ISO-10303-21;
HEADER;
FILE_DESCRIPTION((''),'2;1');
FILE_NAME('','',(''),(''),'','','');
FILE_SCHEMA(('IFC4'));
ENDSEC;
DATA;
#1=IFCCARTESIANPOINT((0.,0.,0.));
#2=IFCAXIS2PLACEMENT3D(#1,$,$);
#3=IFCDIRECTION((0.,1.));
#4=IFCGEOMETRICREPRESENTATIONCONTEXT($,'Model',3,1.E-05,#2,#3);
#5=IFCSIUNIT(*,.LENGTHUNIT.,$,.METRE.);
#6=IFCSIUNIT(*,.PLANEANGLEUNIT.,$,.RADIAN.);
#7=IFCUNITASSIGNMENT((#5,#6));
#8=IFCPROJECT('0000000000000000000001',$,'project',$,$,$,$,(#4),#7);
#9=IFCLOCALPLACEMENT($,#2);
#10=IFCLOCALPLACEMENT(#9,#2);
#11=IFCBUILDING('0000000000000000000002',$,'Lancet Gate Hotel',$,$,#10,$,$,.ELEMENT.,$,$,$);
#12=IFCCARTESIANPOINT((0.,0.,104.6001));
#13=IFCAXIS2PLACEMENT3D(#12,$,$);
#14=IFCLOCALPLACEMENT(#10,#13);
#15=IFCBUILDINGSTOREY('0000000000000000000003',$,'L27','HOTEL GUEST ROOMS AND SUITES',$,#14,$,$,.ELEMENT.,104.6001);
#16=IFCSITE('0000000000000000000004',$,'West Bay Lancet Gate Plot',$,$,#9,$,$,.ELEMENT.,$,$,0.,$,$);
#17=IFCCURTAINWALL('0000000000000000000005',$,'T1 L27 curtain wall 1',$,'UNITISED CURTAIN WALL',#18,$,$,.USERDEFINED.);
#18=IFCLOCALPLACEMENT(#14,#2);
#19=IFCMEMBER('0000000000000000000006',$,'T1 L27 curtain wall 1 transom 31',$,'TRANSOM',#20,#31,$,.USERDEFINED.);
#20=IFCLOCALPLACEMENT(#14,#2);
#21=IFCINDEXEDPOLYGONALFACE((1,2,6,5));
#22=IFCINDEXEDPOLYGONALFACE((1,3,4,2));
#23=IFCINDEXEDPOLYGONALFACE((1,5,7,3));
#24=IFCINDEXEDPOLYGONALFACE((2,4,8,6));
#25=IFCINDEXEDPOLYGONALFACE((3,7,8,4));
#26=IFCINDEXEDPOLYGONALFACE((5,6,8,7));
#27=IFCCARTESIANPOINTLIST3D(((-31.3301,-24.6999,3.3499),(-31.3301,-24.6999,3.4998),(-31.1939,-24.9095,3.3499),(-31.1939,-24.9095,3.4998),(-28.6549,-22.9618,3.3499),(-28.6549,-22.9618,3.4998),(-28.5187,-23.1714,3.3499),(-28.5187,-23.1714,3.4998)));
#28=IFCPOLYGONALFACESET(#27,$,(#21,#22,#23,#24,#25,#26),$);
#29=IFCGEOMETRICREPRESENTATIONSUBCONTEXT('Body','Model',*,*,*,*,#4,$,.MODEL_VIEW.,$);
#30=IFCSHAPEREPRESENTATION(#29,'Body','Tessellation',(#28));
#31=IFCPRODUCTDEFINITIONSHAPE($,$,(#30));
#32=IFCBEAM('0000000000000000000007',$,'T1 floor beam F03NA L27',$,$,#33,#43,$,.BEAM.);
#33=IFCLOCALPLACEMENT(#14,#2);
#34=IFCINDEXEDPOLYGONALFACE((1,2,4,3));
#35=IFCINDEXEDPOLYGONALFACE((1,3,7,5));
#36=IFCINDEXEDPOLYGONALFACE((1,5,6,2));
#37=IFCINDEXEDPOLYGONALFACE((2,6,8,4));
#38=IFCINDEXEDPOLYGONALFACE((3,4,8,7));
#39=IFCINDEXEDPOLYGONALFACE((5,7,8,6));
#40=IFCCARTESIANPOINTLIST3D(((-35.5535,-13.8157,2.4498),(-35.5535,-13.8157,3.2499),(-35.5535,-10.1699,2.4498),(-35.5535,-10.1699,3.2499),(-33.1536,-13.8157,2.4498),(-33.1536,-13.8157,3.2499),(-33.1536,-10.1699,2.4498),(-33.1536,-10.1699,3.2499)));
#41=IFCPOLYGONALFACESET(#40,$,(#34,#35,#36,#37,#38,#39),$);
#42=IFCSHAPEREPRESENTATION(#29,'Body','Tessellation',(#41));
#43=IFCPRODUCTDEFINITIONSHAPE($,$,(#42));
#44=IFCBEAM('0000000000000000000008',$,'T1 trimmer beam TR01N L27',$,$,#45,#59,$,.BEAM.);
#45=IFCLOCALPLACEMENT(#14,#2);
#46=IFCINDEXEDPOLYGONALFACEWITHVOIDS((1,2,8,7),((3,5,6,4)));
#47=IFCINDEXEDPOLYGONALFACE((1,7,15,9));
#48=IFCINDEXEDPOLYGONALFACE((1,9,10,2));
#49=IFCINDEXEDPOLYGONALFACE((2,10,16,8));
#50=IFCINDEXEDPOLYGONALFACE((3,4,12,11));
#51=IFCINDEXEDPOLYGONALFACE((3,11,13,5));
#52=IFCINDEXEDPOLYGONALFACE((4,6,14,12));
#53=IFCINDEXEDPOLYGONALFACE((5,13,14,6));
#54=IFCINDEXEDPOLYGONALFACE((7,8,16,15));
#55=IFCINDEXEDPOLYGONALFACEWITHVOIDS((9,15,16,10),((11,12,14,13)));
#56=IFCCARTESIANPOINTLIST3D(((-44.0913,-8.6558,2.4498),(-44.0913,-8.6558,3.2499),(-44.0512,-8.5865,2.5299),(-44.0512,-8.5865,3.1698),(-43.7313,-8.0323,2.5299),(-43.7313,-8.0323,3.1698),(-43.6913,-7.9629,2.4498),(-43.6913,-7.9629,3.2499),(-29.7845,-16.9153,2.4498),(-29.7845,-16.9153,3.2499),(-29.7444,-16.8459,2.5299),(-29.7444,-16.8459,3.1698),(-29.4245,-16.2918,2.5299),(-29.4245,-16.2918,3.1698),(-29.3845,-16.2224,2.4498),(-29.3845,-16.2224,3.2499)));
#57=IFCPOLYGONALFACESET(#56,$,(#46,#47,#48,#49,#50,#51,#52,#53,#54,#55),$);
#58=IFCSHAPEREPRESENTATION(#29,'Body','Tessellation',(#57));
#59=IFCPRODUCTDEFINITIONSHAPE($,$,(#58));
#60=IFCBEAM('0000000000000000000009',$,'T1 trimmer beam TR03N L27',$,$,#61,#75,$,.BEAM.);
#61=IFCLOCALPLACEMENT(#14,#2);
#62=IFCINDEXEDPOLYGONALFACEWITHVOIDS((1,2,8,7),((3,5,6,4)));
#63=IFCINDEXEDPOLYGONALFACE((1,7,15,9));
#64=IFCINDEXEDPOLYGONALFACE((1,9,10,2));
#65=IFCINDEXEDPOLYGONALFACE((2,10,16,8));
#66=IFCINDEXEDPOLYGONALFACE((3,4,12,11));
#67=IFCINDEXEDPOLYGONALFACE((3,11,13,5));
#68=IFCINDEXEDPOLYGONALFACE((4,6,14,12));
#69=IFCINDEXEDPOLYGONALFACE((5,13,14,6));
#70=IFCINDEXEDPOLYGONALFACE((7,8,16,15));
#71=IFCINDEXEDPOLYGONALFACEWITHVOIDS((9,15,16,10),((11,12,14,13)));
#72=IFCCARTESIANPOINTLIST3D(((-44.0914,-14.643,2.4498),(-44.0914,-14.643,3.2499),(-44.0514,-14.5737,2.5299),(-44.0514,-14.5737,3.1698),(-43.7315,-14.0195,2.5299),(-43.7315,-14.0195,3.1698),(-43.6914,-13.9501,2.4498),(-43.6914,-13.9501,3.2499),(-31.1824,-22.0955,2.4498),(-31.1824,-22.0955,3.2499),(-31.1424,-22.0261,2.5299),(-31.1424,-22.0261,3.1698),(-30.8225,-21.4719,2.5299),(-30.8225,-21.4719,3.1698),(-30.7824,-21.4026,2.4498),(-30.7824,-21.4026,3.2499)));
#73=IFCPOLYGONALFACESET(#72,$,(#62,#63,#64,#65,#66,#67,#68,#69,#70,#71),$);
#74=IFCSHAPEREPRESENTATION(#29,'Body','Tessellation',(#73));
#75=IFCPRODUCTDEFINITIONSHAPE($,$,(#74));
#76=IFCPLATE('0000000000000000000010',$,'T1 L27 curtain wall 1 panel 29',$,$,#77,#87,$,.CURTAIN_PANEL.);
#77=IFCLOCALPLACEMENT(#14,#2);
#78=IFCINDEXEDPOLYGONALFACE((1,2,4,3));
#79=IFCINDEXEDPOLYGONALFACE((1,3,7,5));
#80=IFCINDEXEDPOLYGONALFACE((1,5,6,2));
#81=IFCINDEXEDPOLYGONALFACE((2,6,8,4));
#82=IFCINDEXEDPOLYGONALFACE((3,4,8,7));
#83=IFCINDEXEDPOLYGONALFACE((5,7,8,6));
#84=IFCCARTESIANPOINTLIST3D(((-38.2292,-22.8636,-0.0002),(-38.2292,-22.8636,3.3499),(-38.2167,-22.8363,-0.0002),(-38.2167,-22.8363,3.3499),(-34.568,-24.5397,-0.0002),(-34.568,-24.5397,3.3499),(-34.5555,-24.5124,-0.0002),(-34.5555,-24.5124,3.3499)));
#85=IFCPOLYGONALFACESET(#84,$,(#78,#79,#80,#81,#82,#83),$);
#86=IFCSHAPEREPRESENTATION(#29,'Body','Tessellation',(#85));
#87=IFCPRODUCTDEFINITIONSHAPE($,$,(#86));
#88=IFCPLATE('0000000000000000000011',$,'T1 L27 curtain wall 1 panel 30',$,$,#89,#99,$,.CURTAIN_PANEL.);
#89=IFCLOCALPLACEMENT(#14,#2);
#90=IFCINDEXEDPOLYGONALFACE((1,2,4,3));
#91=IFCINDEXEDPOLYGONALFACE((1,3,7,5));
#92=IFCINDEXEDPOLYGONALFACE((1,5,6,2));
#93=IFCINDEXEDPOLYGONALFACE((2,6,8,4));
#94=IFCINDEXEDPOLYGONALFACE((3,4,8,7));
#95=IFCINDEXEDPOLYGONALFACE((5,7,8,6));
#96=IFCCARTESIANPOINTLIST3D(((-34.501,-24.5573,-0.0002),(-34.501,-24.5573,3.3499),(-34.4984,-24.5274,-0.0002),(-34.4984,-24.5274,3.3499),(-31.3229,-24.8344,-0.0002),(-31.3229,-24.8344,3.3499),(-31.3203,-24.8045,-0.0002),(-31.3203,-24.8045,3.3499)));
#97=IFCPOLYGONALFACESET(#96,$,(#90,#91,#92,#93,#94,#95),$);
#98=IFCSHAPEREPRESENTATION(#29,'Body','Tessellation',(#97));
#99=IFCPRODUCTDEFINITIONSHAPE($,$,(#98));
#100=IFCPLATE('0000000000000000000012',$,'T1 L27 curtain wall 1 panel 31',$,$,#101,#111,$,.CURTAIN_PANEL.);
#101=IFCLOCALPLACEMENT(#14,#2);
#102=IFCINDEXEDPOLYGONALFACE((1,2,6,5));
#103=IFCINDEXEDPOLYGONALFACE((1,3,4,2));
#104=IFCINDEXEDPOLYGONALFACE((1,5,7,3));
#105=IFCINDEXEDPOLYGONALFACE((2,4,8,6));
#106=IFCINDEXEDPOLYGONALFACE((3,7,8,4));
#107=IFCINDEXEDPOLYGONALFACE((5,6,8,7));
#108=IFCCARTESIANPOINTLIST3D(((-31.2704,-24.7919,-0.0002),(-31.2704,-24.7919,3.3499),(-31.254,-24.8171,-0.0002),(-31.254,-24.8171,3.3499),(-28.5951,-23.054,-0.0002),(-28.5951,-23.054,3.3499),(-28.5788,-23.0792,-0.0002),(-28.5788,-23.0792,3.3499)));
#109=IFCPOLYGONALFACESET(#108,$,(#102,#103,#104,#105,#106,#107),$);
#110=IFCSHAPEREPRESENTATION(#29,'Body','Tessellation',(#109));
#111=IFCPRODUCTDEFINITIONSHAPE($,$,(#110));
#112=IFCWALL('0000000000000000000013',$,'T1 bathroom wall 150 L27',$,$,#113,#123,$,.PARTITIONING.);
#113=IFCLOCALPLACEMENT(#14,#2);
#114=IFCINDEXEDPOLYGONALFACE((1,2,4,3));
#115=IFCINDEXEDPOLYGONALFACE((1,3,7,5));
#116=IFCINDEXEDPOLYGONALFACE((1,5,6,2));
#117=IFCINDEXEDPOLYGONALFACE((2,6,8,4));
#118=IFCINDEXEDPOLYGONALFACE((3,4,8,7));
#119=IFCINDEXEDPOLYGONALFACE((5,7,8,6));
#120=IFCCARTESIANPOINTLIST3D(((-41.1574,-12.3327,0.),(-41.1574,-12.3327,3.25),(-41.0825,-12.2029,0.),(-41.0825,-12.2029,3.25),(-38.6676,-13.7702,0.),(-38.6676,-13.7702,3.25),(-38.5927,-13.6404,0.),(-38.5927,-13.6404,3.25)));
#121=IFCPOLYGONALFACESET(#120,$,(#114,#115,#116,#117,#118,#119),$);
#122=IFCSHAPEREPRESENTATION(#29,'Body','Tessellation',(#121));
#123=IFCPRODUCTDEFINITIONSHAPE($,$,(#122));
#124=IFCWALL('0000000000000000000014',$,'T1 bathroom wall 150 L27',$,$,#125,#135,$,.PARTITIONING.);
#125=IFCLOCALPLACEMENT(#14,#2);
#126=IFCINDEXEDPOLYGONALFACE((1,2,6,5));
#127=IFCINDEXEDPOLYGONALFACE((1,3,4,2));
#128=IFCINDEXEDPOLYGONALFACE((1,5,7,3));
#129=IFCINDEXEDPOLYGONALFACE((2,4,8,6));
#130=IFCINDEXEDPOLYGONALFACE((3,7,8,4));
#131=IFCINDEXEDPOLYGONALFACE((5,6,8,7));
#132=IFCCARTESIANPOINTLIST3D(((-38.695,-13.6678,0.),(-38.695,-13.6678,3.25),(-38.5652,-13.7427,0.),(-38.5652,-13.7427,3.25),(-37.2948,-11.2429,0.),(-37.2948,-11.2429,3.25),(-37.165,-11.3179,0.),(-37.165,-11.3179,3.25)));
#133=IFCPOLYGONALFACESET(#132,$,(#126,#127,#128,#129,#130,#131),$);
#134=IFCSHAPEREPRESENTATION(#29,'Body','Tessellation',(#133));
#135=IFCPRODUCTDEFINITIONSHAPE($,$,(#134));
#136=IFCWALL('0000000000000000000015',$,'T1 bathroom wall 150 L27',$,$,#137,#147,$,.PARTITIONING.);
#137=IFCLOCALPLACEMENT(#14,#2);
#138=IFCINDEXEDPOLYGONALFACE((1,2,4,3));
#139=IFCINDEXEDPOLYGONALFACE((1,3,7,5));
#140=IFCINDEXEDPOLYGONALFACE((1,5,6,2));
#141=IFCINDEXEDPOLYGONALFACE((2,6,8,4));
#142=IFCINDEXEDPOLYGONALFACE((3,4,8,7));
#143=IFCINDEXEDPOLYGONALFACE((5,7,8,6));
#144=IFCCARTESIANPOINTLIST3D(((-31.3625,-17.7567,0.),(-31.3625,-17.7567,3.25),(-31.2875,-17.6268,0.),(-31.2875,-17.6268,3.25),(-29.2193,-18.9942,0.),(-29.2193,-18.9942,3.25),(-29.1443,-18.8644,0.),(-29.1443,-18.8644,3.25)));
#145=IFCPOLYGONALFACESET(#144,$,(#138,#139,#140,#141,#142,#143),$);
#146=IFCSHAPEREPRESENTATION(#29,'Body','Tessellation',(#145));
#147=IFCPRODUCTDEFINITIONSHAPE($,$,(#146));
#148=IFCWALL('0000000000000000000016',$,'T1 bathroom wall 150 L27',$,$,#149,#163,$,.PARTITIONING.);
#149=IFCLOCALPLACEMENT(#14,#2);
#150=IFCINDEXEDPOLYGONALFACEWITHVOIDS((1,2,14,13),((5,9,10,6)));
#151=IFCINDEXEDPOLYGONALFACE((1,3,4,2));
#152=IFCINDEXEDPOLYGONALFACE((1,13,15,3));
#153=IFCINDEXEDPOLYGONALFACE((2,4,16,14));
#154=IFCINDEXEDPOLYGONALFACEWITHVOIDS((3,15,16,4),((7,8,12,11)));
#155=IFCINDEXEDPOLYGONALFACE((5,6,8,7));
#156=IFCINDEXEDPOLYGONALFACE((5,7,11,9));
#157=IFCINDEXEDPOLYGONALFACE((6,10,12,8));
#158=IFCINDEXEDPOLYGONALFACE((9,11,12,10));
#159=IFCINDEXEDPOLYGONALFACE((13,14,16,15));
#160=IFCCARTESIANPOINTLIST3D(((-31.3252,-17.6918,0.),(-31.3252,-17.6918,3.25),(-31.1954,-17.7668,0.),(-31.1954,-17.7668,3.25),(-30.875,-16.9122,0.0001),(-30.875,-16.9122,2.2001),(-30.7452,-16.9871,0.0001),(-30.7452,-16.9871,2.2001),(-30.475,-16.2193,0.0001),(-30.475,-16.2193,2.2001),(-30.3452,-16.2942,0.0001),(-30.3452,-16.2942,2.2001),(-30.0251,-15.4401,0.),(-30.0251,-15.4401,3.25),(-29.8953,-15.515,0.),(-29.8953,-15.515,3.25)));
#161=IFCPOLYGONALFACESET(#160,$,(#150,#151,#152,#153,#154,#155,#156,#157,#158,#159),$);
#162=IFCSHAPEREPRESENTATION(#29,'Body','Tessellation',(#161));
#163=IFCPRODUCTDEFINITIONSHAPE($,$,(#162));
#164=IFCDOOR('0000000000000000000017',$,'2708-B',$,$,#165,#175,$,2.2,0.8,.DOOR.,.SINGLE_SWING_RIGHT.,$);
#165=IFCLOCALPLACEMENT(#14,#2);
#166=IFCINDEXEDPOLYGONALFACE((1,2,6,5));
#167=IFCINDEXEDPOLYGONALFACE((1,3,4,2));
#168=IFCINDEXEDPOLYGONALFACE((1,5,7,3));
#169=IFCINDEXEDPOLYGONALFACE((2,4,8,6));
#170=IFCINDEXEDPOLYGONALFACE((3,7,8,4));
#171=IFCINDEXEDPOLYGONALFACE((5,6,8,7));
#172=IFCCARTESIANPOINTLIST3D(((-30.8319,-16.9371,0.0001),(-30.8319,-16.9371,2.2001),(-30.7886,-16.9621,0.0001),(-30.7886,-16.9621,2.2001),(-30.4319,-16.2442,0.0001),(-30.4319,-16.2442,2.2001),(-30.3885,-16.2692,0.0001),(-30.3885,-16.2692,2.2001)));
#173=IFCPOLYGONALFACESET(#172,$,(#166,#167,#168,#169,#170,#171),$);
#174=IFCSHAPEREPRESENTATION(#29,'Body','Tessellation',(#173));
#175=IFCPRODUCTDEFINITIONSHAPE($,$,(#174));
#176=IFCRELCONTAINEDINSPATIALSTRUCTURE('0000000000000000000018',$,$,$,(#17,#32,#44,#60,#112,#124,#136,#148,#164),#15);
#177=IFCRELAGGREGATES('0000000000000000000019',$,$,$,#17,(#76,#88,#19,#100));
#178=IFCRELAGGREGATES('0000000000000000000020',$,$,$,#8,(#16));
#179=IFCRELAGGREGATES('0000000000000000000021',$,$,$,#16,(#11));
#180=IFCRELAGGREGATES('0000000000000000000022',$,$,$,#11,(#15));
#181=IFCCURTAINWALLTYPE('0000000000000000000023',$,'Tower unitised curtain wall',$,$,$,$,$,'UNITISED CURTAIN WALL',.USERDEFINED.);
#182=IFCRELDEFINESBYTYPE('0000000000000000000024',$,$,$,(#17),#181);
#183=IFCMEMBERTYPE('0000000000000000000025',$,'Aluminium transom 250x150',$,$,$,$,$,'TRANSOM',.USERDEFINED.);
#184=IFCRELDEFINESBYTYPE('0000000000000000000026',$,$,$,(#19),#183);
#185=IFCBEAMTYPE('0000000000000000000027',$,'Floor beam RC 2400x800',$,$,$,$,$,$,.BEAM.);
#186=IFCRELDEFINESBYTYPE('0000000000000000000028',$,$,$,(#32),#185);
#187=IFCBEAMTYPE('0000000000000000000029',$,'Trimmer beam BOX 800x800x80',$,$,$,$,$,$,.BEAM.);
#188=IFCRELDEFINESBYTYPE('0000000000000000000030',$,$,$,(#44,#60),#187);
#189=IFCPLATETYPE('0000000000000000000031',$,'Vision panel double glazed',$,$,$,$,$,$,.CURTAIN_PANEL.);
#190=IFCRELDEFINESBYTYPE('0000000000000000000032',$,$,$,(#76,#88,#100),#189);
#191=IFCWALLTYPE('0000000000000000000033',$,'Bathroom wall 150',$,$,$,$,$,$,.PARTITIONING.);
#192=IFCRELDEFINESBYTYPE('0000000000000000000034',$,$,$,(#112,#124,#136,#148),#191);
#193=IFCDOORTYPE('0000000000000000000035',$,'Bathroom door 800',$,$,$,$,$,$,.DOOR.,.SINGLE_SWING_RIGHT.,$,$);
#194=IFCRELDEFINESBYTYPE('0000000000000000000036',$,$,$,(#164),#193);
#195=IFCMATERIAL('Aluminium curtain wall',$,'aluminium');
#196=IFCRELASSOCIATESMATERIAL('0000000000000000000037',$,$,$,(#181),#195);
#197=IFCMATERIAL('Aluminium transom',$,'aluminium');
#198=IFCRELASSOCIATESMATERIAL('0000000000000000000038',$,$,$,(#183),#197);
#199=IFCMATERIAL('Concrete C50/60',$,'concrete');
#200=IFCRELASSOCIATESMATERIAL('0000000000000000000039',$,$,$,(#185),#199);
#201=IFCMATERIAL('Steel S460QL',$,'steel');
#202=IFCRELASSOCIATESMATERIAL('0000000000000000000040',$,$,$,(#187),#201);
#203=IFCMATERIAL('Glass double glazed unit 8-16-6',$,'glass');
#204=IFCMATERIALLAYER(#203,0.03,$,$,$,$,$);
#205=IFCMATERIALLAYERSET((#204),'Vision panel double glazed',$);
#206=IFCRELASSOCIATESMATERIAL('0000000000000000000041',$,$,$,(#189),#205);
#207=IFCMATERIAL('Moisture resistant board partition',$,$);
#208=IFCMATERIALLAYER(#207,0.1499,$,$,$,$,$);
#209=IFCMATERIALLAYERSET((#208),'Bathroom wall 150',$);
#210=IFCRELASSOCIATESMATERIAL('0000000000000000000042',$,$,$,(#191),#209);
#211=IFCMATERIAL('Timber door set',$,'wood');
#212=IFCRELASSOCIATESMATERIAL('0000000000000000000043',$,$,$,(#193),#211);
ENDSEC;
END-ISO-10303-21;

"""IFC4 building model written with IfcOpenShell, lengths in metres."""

from ifc_helpers import new_model, si_unit, direction, frame, frame_2d, origin, origin_2d, place, context, subcontext, project, spatial, rectangle, hollow_rectangle, extrude, material, layer, layer_set, material_profile, profile_set, type_object, element, fill, aggregate, save


model = new_model("IFC4")

# Units and contexts
model_context = context("Model", 3, precision=1e-05, world=origin(), true_north=direction((0.0, 1.0)))
body_context = subcontext(model_context, "Body", "Model", "MODEL_VIEW")
ifc_project = project(units=[si_unit("LENGTHUNIT", "METRE"), si_unit("PLANEANGLEUNIT", "RADIAN")], contexts=[model_context])

# Site, building, storey
site_placement = place(None, origin())
site = spatial("IfcSite", under=ifc_project, at=site_placement, Name="West Bay Lancet Gate Plot", CompositionType="ELEMENT", RefElevation=0.0)
building_placement = place(site_placement, origin())
building = spatial("IfcBuilding", under=site, at=building_placement, Name="Lancet Gate Hotel", CompositionType="ELEMENT")
storey_placement = place(building_placement, frame((0.0, 0.0, 104.6001)))
storey = spatial("IfcBuildingStorey", under=building, at=storey_placement, Name="L27", Description="HOTEL GUEST ROOMS AND SUITES", CompositionType="ELEMENT", Elevation=104.6001)

# Curtain wall, member
ifc_material_1 = material(Name="Aluminium curtain wall", Category="aluminium")
curtain_wall_type = type_object("IfcCurtainWallType", Name="Tower unitised curtain wall", ElementType="UNITISED CURTAIN WALL", PredefinedType="USERDEFINED", material=ifc_material_1)
curtain_wall_placement = place(storey_placement, origin())
curtain_wall = element("IfcCurtainWall", 1, at=curtain_wall_placement, inside=storey, type_object=curtain_wall_type, Name="T1 L27 curtain wall 1", ObjectType="UNITISED CURTAIN WALL", PredefinedType="USERDEFINED")
ifc_material_2 = material(Name="Aluminium transom", Category="aluminium")
ifc_material_profile_1 = material_profile(ifc_material_2, rectangle(XDim=0.25, YDim=0.1499, at=origin_2d()), Name="TRANSOM 250x150")
ifc_profile_set_1 = profile_set([ifc_material_profile_1], Name="Aluminium transom")
member_type_1 = type_object("IfcMemberType", Name="Aluminium transom 250x150", ElementType="TRANSOM", PredefinedType="USERDEFINED", material=ifc_profile_set_1)
member_1_placement = place(storey_placement, frame((-31.262, -24.8047, 3.4248), z_axis=(0.83855, 0.544824, 0.0), x_axis=(-0.544824, 0.83855, 0.0)))
member_1 = element("IfcMember", 2, at=member_1_placement, type_object=member_type_1, Name="T1 L27 curtain wall 1 transom 31", ObjectType="TRANSOM", PredefinedType="USERDEFINED", context=body_context, shape_type="SweptSolid", body=[
    extrude(rectangle(XDim=0.25, YDim=0.1499, at=origin_2d()), origin(), (0.0, 0.0, 1.0), 3.1902),
])

# Beams
ifc_material_3 = material(Name="Concrete C50/60", Category="concrete")
ifc_material_profile_2 = material_profile(ifc_material_3, rectangle(XDim=2.3999, YDim=0.8, at=origin_2d()), Name="RC 2400x800")
ifc_profile_set_2 = profile_set([ifc_material_profile_2], Name="Concrete C50/60")
beam_type_1 = type_object("IfcBeamType", Name="Floor beam RC 2400x800", PredefinedType="BEAM", material=ifc_profile_set_2)
beam_1_placement = place(storey_placement, frame((-34.3535, -10.1699, 2.8499), z_axis=(0.0, -1.0, 0.0), x_axis=(1.0, 0.0, 0.0)))
element("IfcBeam", 3, at=beam_1_placement, inside=storey, type_object=beam_type_1, Name="T1 floor beam F03NA L27", PredefinedType="BEAM", context=body_context, shape_type="SweptSolid", body=[
    extrude(rectangle(XDim=2.3999, YDim=0.8, at=origin_2d()), origin(), (0.0, 0.0, 1.0), 3.6458),
])
ifc_material_4 = material(Name="Steel S460QL", Category="steel")
ifc_material_profile_3 = material_profile(ifc_material_4, hollow_rectangle(XDim=0.8, YDim=0.8, WallThickness=0.0801, at=origin_2d()), Name="BOX 800x800x80")
ifc_profile_set_3 = profile_set([ifc_material_profile_3], Name="Steel S460QL")
beam_type_2 = type_object("IfcBeamType", Name="Trimmer beam BOX 800x800x80", PredefinedType="BEAM", material=ifc_profile_set_3)
beam_2_placement = place(storey_placement, frame((-29.5845, -16.5688, 2.8499), z_axis=(-0.86604, 0.499974, 0.0), x_axis=(-0.499974, -0.86604, 0.0)))
element("IfcBeam", 4, at=beam_2_placement, inside=storey, type_object=beam_type_2, Name="T1 trimmer beam TR01N L27", PredefinedType="BEAM", context=body_context, shape_type="SweptSolid", body=[
    extrude(hollow_rectangle(XDim=0.8, YDim=0.8, WallThickness=0.0801, at=origin_2d()), origin(), (0.0, 0.0, 1.0), 16.5198),
])
beam_3_placement = place(storey_placement, frame((-30.9824, -21.749, 2.8499), z_axis=(-0.866042, 0.499971, 0.0), x_axis=(-0.499971, -0.866042, 0.0)))
element("IfcBeam", 5, at=beam_3_placement, inside=storey, type_object=beam_type_2, Name="T1 trimmer beam TR03N L27", PredefinedType="BEAM", context=body_context, shape_type="SweptSolid", body=[
    extrude(hollow_rectangle(XDim=0.8, YDim=0.8, WallThickness=0.0801, at=origin_2d()), origin(), (0.0, 0.0, 1.0), 14.9058),
])

# Plates
ifc_material_5 = material(Name="Glass double glazed unit 8-16-6", Category="glass")
ifc_layer_1 = layer(ifc_material_5, 0.03)
ifc_layer_set_1 = layer_set([ifc_layer_1], Name="Vision panel double glazed")
plate_type = type_object("IfcPlateType", Name="Vision panel double glazed", PredefinedType="CURTAIN_PANEL", material=ifc_layer_set_1)
plate_1_placement = place(storey_placement, frame((-36.3923, -23.688, -0.0002), z_axis=(0.0, 0.0, 1.0), x_axis=(0.909253, -0.416245, 0.0)))
plate_1 = element("IfcPlate", 6, at=plate_1_placement, type_object=plate_type, Name="T1 L27 curtain wall 1 panel 29", PredefinedType="CURTAIN_PANEL", context=body_context, shape_type="SweptSolid", body=[
    extrude(rectangle(XDim=4.0266, YDim=0.03, at=origin_2d()), origin(), (0.0, 0.0, 1.0), 3.3501),
])
plate_2_placement = place(storey_placement, frame((-32.9106, -24.6809, -0.0002), z_axis=(0.0, 0.0, 1.0), x_axis=(0.996219, -0.08688, 0.0)))
plate_2 = element("IfcPlate", 7, at=plate_2_placement, type_object=plate_type, Name="T1 L27 curtain wall 1 panel 30", PredefinedType="CURTAIN_PANEL", context=body_context, shape_type="SweptSolid", body=[
    extrude(rectangle(XDim=3.1902, YDim=0.03, at=origin_2d()), origin(), (0.0, 0.0, 1.0), 3.3501),
])
plate_3_placement = place(storey_placement, frame((-29.9246, -23.9355, -0.0002), z_axis=(0.0, 0.0, 1.0), x_axis=(0.83858, 0.544778, 0.0)))
plate_3 = element("IfcPlate", 8, at=plate_3_placement, type_object=plate_type, Name="T1 L27 curtain wall 1 panel 31", PredefinedType="CURTAIN_PANEL", context=body_context, shape_type="SweptSolid", body=[
    extrude(rectangle(XDim=3.1902, YDim=0.03, at=origin_2d()), origin(), (0.0, 0.0, 1.0), 3.3501),
])
aggregate(curtain_wall, [plate_1, plate_2, member_1, plate_3])

# Walls
ifc_material_6 = material(Name="Moisture resistant board partition")
ifc_layer_2 = layer(ifc_material_6, 0.1499)
ifc_layer_set_2 = layer_set([ifc_layer_2], Name="Bathroom wall 150")
wall_type_1 = type_object("IfcWallType", Name="Bathroom wall 150", PredefinedType="PARTITIONING", material=ifc_layer_set_2)
wall_1_placement = place(storey_placement, frame((-38.6301, -13.7053, 0.0), z_axis=(0.0, 0.0, 1.0), x_axis=(-0.866019, 0.500012, 0.0)))
element("IfcWall", 9, at=wall_1_placement, inside=storey, type_object=wall_type_1, Name="T1 bathroom wall 150 L27", PredefinedType="PARTITIONING", context=body_context, shape_type="SweptSolid", body=[
    extrude(rectangle(XDim=2.875, YDim=0.1499, at=frame_2d((1.4375, 0.0))), origin(), (0.0, 0.0, 1.0), 3.25),
])
wall_2_placement = place(storey_placement, frame((-37.23, -11.2805, 0.0), z_axis=(0.0, 0.0, 1.0), x_axis=(-0.50005, -0.865997, 0.0)))
element("IfcWall", 10, at=wall_2_placement, inside=storey, type_object=wall_type_1, Name="T1 bathroom wall 150 L27", PredefinedType="PARTITIONING", context=body_context, shape_type="SweptSolid", body=[
    extrude(rectangle(XDim=2.8, YDim=0.1499, at=frame_2d((1.3999, 0.0))), origin(), (0.0, 0.0, 1.0), 3.25),
])
wall_3_placement = place(storey_placement, frame((-29.1819, -18.9292, 0.0), z_axis=(0.0, 0.0, 1.0), x_axis=(-0.866007, 0.500033, 0.0)))
element("IfcWall", 11, at=wall_3_placement, inside=storey, type_object=wall_type_1, Name="T1 bathroom wall 150 L27", PredefinedType="PARTITIONING", context=body_context, shape_type="SweptSolid", body=[
    extrude(rectangle(XDim=2.4749, YDim=0.1499, at=frame_2d((1.2373, 0.0))), origin(), (0.0, 0.0, 1.0), 3.25),
])

# Wall, opening, door
wall_4_placement = place(storey_placement, frame((-29.9602, -15.4775, 0.0), z_axis=(0.0, 0.0, 1.0), x_axis=(-0.500007, -0.866021, 0.0)))
wall_4 = element("IfcWall", 12, at=wall_4_placement, inside=storey, type_object=wall_type_1, Name="T1 bathroom wall 150 L27", PredefinedType="PARTITIONING", context=body_context, shape_type="SweptSolid", body=[
    extrude(rectangle(XDim=2.6001, YDim=0.1499, at=frame_2d((1.3, 0.0))), origin(), (0.0, 0.0, 1.0), 3.25),
])
opening_1_placement = place(wall_4_placement, frame((0.8999, 0.0, 0.0)))
opening_1 = element("IfcOpeningElement", 13, at=opening_1_placement, cuts=wall_4, PredefinedType="OPENING", context=body_context, shape_type="SweptSolid", body=[
    extrude(rectangle(XDim=0.8, YDim=2.2, at=frame_2d((0.3999, 1.1001))), frame((0.0, 0.085, 0.0), z_axis=(0.0, -1.0, 0.0), x_axis=(1.0, 0.0, 0.0)), (0.0, 0.0, 1.0), 0.1699),
])
ifc_material_7 = material(Name="Timber door set", Category="wood")
door_type_1 = type_object("IfcDoorType", Name="Bathroom door 800", OperationType="SINGLE_SWING_RIGHT", PredefinedType="DOOR", material=ifc_material_7)
door_1_placement = place(opening_1_placement, origin())
door_1 = element("IfcDoor", 14, at=door_1_placement, inside=storey, type_object=door_type_1, Name="2708-B", OperationType="SINGLE_SWING_RIGHT", OverallHeight=2.2, OverallWidth=0.8, PredefinedType="DOOR", context=body_context, shape_type="SweptSolid", body=[
    extrude(rectangle(XDim=0.8, YDim=2.2, at=frame_2d((0.3999, 1.1001))), frame((0.0, 0.0249, 0.0), z_axis=(0.0, -1.0, 0.0), x_axis=(1.0, 0.0, 0.0)), (0.0, 0.0, 1.0), 0.05),
])
fill(opening_1, door_1)

save(model, "model.ifc")
